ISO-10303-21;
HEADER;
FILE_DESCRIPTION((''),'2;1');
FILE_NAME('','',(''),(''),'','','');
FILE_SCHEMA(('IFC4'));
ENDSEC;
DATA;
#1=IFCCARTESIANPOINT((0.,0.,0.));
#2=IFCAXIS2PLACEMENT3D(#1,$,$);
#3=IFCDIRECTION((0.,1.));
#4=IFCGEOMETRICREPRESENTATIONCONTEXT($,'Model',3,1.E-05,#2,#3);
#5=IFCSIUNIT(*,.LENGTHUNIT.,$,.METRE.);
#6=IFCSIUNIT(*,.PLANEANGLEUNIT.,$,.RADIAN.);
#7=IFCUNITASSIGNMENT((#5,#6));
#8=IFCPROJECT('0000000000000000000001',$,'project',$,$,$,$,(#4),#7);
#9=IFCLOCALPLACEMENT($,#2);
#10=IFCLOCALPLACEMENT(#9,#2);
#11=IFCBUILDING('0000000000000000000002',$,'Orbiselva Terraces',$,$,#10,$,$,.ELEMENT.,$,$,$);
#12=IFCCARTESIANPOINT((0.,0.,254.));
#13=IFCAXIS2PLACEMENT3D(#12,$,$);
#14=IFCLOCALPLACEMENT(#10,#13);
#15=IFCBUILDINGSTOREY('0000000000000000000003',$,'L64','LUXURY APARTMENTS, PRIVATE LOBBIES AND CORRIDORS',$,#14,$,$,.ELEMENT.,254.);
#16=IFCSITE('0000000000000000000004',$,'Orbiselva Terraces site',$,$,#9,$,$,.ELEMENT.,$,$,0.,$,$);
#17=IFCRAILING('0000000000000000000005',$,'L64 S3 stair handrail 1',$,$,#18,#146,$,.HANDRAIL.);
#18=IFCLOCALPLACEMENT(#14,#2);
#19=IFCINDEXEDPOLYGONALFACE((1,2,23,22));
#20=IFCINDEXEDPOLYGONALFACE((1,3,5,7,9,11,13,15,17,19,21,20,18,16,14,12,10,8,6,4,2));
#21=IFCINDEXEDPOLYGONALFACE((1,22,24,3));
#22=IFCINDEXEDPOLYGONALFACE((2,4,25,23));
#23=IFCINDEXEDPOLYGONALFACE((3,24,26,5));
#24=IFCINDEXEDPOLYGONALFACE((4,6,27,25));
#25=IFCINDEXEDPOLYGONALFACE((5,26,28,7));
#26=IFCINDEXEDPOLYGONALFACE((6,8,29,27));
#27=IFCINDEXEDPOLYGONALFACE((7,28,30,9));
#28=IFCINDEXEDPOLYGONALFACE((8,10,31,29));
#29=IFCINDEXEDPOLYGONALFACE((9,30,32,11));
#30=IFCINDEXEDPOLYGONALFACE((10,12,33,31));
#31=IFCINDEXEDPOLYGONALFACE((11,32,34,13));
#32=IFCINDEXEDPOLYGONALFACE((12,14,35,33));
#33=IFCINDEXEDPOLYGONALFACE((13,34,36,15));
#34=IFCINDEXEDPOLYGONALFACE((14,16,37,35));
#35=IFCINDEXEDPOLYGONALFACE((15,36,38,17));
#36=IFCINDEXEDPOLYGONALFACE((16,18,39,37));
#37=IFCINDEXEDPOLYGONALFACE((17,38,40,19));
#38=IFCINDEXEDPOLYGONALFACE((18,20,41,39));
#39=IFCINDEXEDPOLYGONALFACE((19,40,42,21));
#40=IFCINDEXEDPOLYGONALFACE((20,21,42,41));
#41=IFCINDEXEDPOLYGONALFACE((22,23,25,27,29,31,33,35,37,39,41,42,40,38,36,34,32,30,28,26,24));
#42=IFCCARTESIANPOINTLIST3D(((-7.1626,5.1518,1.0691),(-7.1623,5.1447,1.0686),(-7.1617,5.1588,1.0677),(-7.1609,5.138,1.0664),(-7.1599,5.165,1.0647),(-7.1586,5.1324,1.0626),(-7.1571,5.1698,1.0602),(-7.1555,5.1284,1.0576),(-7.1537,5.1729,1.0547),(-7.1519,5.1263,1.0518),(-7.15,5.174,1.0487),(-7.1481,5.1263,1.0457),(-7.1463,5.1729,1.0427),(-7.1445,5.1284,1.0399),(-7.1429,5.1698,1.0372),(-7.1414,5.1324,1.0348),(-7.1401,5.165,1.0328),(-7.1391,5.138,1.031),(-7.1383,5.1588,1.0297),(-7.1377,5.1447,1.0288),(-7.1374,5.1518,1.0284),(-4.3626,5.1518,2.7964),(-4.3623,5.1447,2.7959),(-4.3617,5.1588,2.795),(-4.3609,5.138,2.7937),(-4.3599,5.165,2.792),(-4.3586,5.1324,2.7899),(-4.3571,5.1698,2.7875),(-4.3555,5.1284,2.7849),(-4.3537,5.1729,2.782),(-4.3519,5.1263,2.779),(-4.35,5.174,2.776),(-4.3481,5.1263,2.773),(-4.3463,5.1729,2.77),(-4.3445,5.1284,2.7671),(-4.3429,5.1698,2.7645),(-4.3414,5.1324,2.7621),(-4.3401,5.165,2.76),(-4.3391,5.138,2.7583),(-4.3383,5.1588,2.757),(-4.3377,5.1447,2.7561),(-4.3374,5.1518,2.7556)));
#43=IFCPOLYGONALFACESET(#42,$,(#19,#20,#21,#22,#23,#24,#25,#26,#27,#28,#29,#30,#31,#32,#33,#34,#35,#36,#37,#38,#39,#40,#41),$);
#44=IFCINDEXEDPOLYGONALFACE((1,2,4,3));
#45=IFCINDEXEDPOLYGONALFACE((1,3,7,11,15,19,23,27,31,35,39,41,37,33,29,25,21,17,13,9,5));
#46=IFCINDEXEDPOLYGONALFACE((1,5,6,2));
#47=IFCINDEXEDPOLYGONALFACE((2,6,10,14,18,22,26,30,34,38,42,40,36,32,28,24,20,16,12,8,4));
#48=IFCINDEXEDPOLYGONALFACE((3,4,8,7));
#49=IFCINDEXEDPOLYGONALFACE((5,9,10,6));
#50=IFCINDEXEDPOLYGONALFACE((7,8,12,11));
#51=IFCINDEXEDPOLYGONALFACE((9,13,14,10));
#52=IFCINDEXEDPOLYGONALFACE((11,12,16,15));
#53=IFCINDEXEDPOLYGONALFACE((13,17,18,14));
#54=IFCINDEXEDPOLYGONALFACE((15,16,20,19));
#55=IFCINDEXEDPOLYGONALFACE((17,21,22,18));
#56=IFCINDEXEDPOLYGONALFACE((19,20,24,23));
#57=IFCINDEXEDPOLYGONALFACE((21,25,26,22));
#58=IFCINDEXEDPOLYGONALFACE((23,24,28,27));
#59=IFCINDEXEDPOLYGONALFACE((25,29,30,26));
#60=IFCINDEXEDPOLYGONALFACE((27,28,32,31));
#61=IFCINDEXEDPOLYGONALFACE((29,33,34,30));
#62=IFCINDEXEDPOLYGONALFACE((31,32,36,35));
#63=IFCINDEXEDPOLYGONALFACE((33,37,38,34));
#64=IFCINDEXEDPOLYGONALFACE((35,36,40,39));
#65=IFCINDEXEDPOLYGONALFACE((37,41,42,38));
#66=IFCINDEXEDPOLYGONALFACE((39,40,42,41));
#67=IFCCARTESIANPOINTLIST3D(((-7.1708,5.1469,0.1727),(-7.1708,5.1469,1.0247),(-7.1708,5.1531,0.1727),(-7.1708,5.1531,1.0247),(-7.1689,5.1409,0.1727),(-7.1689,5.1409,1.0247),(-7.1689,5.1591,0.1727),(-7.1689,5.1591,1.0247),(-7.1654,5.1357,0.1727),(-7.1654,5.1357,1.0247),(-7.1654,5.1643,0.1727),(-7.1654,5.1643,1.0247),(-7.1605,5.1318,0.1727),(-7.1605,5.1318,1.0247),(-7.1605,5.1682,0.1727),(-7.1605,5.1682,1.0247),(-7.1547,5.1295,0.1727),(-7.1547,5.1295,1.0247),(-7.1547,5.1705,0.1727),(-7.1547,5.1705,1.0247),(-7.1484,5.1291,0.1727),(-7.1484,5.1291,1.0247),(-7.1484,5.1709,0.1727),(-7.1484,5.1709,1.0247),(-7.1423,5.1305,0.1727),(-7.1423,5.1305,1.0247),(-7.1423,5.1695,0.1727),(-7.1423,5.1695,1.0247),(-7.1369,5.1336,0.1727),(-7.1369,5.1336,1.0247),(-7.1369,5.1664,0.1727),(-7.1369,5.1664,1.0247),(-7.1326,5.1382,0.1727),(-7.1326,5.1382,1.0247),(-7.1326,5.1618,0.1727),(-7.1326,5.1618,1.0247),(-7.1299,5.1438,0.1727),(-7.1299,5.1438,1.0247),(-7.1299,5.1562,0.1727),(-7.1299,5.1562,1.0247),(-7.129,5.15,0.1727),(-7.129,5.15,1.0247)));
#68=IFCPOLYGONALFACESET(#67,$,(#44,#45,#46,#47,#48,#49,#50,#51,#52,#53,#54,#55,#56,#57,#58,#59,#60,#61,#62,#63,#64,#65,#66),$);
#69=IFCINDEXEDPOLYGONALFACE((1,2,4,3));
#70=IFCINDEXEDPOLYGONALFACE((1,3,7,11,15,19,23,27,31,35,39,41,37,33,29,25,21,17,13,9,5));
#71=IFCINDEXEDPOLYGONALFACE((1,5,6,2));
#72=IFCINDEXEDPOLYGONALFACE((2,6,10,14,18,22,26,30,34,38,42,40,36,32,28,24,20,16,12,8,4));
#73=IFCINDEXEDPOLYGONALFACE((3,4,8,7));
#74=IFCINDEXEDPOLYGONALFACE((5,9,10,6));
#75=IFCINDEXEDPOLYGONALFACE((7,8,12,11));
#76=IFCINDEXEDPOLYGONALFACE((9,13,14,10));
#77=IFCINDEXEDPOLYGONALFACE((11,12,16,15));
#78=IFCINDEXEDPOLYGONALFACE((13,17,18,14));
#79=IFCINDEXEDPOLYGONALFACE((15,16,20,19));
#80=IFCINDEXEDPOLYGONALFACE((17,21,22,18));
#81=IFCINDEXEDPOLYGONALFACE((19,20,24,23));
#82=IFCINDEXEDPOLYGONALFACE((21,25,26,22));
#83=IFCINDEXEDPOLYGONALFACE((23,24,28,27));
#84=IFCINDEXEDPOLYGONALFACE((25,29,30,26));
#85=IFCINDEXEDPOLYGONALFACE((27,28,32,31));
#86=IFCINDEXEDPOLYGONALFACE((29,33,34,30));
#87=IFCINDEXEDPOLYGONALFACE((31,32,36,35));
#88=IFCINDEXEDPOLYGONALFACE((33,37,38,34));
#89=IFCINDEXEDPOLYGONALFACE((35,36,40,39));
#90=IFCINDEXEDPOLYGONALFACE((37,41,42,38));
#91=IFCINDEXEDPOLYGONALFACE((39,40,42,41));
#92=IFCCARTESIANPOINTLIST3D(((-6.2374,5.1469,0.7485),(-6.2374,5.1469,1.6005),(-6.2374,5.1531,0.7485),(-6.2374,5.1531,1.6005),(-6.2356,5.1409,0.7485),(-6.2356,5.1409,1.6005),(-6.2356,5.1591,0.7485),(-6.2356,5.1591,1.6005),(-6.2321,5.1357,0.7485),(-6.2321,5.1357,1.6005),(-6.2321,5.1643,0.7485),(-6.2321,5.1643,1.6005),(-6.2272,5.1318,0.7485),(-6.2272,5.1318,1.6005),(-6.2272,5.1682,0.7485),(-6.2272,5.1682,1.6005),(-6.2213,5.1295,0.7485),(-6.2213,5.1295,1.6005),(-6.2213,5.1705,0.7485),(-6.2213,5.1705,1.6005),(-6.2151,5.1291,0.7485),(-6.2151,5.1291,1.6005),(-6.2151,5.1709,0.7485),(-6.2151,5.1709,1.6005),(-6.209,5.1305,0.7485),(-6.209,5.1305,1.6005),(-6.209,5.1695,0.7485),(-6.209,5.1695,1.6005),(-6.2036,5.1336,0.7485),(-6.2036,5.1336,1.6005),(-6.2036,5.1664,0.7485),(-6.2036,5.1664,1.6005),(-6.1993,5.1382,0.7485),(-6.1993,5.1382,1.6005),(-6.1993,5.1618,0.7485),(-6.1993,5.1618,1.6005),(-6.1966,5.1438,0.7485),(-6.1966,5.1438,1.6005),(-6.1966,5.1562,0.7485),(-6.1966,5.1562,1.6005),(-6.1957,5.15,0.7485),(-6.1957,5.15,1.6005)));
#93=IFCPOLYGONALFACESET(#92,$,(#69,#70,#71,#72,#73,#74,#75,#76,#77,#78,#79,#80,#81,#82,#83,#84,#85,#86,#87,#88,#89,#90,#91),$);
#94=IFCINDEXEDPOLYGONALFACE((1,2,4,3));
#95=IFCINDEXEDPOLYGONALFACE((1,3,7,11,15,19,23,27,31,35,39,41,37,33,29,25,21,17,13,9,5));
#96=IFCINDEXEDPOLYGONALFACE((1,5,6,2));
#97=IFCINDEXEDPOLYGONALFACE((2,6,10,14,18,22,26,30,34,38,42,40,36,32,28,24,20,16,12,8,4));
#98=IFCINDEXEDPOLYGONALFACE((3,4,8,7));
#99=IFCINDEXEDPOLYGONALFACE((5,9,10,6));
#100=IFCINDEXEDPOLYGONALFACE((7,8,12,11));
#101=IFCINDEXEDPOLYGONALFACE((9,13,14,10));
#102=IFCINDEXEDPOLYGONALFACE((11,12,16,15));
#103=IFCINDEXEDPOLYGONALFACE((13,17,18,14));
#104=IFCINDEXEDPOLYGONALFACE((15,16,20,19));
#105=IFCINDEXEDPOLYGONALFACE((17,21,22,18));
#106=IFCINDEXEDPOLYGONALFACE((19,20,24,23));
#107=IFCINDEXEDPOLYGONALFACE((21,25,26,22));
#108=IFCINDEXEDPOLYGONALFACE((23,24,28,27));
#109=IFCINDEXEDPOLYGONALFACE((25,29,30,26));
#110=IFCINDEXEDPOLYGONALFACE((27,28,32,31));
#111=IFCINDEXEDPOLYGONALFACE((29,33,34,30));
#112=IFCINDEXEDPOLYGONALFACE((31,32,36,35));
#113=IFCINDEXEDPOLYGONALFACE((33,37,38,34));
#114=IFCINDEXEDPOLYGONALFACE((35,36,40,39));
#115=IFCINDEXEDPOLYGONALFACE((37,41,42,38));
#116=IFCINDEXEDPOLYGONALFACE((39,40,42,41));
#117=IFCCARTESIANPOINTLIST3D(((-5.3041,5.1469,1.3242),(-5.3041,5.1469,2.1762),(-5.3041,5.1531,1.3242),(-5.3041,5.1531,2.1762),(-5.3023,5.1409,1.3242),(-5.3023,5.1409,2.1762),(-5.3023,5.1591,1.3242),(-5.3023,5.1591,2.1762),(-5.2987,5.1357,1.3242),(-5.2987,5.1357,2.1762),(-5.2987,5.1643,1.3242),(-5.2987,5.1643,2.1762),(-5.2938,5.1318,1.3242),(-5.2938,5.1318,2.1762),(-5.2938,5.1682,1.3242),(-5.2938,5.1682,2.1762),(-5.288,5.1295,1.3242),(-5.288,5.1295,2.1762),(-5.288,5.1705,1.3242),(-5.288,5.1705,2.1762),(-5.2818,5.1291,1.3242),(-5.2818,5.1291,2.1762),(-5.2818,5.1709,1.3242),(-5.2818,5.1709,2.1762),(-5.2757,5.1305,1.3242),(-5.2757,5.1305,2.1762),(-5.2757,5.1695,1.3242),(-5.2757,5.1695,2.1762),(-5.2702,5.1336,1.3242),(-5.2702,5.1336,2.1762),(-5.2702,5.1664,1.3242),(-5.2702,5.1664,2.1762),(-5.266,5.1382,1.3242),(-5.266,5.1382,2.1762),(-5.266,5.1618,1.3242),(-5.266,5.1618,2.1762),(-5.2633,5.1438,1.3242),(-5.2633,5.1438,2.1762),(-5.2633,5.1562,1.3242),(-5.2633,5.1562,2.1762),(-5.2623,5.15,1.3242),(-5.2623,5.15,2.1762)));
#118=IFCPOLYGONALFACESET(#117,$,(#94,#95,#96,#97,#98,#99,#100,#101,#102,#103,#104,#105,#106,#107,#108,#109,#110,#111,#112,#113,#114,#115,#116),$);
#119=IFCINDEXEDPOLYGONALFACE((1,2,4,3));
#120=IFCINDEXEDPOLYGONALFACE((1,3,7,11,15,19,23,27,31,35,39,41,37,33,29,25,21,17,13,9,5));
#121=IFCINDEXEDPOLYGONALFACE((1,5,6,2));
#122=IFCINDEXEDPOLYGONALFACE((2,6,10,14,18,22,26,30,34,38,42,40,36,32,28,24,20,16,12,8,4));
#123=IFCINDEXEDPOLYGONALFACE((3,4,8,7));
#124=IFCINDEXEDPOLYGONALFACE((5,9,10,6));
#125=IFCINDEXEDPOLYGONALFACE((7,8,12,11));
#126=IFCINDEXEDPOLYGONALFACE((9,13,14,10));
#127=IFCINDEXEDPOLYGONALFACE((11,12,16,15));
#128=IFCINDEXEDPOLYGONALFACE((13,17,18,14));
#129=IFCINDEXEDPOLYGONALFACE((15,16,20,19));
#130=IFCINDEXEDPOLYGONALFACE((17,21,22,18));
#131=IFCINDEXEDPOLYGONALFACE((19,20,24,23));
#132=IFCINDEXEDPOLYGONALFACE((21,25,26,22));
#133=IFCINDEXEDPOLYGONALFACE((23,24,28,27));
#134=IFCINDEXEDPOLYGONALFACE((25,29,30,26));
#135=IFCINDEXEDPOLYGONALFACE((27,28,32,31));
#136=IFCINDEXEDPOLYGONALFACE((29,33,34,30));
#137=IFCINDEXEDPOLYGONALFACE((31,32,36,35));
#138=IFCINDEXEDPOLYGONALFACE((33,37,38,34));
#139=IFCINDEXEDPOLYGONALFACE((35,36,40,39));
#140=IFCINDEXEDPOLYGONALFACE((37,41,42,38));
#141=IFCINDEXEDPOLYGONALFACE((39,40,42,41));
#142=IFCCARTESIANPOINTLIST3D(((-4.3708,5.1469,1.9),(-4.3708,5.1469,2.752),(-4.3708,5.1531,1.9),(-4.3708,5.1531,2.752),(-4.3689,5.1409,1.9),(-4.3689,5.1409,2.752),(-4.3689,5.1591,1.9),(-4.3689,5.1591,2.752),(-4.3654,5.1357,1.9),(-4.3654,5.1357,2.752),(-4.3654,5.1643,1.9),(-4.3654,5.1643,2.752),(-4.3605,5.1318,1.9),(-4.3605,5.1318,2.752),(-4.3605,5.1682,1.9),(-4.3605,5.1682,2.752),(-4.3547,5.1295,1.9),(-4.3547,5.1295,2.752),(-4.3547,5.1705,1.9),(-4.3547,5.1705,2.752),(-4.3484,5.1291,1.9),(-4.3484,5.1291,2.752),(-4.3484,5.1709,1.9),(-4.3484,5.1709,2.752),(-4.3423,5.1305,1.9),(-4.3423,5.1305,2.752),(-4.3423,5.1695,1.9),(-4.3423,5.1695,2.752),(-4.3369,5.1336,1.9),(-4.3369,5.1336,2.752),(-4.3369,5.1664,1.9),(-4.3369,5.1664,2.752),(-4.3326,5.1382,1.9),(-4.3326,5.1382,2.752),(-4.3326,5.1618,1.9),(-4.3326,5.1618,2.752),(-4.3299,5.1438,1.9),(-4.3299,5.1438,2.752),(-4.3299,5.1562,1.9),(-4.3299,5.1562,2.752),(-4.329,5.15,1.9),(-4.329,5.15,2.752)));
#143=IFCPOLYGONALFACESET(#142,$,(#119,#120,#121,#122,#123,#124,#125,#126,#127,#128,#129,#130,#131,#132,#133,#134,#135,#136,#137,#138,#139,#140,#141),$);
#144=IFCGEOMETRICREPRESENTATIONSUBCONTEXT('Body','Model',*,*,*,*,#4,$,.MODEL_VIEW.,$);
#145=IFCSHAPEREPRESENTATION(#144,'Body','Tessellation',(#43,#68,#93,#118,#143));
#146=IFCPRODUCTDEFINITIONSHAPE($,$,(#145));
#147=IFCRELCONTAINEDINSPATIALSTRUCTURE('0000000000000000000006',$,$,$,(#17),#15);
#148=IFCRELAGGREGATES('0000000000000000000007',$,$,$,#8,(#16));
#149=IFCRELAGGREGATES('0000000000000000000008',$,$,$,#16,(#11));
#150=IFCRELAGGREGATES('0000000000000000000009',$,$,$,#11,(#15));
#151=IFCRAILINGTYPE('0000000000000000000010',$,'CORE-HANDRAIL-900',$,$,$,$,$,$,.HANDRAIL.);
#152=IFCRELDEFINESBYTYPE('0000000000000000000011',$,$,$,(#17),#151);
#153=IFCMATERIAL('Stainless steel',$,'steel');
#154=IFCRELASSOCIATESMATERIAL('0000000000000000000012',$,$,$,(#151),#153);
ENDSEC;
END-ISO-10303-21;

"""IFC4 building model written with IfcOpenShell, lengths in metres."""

from ifc_helpers import new_model, si_unit, direction, frame, origin, origin_2d, place, context, subcontext, project, spatial, circle, extrude, material, type_object, element, save


model = new_model("IFC4")

# Units and contexts
model_context = context("Model", 3, precision=1e-05, world=origin(), true_north=direction((0.0, 1.0)))
body_context = subcontext(model_context, "Body", "Model", "MODEL_VIEW")
ifc_project = project(units=[si_unit("LENGTHUNIT", "METRE"), si_unit("PLANEANGLEUNIT", "RADIAN")], contexts=[model_context])

# Site, building, storey
site_placement = place(None, origin())
site = spatial("IfcSite", under=ifc_project, at=site_placement, Name="Orbiselva Terraces site", CompositionType="ELEMENT", RefElevation=0.0)
building_placement = place(site_placement, origin())
building = spatial("IfcBuilding", under=site, at=building_placement, Name="Orbiselva Terraces", CompositionType="ELEMENT")
storey_placement = place(building_placement, frame((0.0, 0.0, 254.0)))
storey = spatial("IfcBuildingStorey", under=building, at=storey_placement, Name="L64", Description="LUXURY APARTMENTS, PRIVATE LOBBIES AND CORRIDORS", CompositionType="ELEMENT", Elevation=254.0)

# Railing
ifc_material_1 = material(Name="Stainless steel", Category="steel")
railing_type_1 = type_object("IfcRailingType", Name="CORE-HANDRAIL-900", PredefinedType="HANDRAIL", material=ifc_material_1)
railing_1_placement = place(storey_placement, frame((-7.15, 5.15, 0.1727)))
element("IfcRailing", 1, at=railing_1_placement, inside=storey, type_object=railing_type_1, Name="L64 S3 stair handrail 1", PredefinedType="HANDRAIL", context=body_context, shape_type="SweptSolid", body=[
    extrude(circle(Radius=0.024, at=origin_2d()), frame((0.0, 0.0, 0.876), z_axis=(0.851089, 0.0, 0.525022), x_axis=(0.0, 1.0, 0.0)), (0.0, 0.0, 1.0), 3.2899),
    extrude(circle(Radius=0.021, at=origin_2d()), origin(), (0.0, 0.0, 1.0), 0.852),
    extrude(circle(Radius=0.021, at=origin_2d()), frame((0.9333, 0.0, 0.5758)), (0.0, 0.0, 1.0), 0.852),
    extrude(circle(Radius=0.021, at=origin_2d()), frame((1.8667, 0.0, 1.1515)), (0.0, 0.0, 1.0), 0.852),
    extrude(circle(Radius=0.021, at=origin_2d()), frame((2.8, 0.0, 1.7273)), (0.0, 0.0, 1.0), 0.852),
])

save(model, "model.ifc")
